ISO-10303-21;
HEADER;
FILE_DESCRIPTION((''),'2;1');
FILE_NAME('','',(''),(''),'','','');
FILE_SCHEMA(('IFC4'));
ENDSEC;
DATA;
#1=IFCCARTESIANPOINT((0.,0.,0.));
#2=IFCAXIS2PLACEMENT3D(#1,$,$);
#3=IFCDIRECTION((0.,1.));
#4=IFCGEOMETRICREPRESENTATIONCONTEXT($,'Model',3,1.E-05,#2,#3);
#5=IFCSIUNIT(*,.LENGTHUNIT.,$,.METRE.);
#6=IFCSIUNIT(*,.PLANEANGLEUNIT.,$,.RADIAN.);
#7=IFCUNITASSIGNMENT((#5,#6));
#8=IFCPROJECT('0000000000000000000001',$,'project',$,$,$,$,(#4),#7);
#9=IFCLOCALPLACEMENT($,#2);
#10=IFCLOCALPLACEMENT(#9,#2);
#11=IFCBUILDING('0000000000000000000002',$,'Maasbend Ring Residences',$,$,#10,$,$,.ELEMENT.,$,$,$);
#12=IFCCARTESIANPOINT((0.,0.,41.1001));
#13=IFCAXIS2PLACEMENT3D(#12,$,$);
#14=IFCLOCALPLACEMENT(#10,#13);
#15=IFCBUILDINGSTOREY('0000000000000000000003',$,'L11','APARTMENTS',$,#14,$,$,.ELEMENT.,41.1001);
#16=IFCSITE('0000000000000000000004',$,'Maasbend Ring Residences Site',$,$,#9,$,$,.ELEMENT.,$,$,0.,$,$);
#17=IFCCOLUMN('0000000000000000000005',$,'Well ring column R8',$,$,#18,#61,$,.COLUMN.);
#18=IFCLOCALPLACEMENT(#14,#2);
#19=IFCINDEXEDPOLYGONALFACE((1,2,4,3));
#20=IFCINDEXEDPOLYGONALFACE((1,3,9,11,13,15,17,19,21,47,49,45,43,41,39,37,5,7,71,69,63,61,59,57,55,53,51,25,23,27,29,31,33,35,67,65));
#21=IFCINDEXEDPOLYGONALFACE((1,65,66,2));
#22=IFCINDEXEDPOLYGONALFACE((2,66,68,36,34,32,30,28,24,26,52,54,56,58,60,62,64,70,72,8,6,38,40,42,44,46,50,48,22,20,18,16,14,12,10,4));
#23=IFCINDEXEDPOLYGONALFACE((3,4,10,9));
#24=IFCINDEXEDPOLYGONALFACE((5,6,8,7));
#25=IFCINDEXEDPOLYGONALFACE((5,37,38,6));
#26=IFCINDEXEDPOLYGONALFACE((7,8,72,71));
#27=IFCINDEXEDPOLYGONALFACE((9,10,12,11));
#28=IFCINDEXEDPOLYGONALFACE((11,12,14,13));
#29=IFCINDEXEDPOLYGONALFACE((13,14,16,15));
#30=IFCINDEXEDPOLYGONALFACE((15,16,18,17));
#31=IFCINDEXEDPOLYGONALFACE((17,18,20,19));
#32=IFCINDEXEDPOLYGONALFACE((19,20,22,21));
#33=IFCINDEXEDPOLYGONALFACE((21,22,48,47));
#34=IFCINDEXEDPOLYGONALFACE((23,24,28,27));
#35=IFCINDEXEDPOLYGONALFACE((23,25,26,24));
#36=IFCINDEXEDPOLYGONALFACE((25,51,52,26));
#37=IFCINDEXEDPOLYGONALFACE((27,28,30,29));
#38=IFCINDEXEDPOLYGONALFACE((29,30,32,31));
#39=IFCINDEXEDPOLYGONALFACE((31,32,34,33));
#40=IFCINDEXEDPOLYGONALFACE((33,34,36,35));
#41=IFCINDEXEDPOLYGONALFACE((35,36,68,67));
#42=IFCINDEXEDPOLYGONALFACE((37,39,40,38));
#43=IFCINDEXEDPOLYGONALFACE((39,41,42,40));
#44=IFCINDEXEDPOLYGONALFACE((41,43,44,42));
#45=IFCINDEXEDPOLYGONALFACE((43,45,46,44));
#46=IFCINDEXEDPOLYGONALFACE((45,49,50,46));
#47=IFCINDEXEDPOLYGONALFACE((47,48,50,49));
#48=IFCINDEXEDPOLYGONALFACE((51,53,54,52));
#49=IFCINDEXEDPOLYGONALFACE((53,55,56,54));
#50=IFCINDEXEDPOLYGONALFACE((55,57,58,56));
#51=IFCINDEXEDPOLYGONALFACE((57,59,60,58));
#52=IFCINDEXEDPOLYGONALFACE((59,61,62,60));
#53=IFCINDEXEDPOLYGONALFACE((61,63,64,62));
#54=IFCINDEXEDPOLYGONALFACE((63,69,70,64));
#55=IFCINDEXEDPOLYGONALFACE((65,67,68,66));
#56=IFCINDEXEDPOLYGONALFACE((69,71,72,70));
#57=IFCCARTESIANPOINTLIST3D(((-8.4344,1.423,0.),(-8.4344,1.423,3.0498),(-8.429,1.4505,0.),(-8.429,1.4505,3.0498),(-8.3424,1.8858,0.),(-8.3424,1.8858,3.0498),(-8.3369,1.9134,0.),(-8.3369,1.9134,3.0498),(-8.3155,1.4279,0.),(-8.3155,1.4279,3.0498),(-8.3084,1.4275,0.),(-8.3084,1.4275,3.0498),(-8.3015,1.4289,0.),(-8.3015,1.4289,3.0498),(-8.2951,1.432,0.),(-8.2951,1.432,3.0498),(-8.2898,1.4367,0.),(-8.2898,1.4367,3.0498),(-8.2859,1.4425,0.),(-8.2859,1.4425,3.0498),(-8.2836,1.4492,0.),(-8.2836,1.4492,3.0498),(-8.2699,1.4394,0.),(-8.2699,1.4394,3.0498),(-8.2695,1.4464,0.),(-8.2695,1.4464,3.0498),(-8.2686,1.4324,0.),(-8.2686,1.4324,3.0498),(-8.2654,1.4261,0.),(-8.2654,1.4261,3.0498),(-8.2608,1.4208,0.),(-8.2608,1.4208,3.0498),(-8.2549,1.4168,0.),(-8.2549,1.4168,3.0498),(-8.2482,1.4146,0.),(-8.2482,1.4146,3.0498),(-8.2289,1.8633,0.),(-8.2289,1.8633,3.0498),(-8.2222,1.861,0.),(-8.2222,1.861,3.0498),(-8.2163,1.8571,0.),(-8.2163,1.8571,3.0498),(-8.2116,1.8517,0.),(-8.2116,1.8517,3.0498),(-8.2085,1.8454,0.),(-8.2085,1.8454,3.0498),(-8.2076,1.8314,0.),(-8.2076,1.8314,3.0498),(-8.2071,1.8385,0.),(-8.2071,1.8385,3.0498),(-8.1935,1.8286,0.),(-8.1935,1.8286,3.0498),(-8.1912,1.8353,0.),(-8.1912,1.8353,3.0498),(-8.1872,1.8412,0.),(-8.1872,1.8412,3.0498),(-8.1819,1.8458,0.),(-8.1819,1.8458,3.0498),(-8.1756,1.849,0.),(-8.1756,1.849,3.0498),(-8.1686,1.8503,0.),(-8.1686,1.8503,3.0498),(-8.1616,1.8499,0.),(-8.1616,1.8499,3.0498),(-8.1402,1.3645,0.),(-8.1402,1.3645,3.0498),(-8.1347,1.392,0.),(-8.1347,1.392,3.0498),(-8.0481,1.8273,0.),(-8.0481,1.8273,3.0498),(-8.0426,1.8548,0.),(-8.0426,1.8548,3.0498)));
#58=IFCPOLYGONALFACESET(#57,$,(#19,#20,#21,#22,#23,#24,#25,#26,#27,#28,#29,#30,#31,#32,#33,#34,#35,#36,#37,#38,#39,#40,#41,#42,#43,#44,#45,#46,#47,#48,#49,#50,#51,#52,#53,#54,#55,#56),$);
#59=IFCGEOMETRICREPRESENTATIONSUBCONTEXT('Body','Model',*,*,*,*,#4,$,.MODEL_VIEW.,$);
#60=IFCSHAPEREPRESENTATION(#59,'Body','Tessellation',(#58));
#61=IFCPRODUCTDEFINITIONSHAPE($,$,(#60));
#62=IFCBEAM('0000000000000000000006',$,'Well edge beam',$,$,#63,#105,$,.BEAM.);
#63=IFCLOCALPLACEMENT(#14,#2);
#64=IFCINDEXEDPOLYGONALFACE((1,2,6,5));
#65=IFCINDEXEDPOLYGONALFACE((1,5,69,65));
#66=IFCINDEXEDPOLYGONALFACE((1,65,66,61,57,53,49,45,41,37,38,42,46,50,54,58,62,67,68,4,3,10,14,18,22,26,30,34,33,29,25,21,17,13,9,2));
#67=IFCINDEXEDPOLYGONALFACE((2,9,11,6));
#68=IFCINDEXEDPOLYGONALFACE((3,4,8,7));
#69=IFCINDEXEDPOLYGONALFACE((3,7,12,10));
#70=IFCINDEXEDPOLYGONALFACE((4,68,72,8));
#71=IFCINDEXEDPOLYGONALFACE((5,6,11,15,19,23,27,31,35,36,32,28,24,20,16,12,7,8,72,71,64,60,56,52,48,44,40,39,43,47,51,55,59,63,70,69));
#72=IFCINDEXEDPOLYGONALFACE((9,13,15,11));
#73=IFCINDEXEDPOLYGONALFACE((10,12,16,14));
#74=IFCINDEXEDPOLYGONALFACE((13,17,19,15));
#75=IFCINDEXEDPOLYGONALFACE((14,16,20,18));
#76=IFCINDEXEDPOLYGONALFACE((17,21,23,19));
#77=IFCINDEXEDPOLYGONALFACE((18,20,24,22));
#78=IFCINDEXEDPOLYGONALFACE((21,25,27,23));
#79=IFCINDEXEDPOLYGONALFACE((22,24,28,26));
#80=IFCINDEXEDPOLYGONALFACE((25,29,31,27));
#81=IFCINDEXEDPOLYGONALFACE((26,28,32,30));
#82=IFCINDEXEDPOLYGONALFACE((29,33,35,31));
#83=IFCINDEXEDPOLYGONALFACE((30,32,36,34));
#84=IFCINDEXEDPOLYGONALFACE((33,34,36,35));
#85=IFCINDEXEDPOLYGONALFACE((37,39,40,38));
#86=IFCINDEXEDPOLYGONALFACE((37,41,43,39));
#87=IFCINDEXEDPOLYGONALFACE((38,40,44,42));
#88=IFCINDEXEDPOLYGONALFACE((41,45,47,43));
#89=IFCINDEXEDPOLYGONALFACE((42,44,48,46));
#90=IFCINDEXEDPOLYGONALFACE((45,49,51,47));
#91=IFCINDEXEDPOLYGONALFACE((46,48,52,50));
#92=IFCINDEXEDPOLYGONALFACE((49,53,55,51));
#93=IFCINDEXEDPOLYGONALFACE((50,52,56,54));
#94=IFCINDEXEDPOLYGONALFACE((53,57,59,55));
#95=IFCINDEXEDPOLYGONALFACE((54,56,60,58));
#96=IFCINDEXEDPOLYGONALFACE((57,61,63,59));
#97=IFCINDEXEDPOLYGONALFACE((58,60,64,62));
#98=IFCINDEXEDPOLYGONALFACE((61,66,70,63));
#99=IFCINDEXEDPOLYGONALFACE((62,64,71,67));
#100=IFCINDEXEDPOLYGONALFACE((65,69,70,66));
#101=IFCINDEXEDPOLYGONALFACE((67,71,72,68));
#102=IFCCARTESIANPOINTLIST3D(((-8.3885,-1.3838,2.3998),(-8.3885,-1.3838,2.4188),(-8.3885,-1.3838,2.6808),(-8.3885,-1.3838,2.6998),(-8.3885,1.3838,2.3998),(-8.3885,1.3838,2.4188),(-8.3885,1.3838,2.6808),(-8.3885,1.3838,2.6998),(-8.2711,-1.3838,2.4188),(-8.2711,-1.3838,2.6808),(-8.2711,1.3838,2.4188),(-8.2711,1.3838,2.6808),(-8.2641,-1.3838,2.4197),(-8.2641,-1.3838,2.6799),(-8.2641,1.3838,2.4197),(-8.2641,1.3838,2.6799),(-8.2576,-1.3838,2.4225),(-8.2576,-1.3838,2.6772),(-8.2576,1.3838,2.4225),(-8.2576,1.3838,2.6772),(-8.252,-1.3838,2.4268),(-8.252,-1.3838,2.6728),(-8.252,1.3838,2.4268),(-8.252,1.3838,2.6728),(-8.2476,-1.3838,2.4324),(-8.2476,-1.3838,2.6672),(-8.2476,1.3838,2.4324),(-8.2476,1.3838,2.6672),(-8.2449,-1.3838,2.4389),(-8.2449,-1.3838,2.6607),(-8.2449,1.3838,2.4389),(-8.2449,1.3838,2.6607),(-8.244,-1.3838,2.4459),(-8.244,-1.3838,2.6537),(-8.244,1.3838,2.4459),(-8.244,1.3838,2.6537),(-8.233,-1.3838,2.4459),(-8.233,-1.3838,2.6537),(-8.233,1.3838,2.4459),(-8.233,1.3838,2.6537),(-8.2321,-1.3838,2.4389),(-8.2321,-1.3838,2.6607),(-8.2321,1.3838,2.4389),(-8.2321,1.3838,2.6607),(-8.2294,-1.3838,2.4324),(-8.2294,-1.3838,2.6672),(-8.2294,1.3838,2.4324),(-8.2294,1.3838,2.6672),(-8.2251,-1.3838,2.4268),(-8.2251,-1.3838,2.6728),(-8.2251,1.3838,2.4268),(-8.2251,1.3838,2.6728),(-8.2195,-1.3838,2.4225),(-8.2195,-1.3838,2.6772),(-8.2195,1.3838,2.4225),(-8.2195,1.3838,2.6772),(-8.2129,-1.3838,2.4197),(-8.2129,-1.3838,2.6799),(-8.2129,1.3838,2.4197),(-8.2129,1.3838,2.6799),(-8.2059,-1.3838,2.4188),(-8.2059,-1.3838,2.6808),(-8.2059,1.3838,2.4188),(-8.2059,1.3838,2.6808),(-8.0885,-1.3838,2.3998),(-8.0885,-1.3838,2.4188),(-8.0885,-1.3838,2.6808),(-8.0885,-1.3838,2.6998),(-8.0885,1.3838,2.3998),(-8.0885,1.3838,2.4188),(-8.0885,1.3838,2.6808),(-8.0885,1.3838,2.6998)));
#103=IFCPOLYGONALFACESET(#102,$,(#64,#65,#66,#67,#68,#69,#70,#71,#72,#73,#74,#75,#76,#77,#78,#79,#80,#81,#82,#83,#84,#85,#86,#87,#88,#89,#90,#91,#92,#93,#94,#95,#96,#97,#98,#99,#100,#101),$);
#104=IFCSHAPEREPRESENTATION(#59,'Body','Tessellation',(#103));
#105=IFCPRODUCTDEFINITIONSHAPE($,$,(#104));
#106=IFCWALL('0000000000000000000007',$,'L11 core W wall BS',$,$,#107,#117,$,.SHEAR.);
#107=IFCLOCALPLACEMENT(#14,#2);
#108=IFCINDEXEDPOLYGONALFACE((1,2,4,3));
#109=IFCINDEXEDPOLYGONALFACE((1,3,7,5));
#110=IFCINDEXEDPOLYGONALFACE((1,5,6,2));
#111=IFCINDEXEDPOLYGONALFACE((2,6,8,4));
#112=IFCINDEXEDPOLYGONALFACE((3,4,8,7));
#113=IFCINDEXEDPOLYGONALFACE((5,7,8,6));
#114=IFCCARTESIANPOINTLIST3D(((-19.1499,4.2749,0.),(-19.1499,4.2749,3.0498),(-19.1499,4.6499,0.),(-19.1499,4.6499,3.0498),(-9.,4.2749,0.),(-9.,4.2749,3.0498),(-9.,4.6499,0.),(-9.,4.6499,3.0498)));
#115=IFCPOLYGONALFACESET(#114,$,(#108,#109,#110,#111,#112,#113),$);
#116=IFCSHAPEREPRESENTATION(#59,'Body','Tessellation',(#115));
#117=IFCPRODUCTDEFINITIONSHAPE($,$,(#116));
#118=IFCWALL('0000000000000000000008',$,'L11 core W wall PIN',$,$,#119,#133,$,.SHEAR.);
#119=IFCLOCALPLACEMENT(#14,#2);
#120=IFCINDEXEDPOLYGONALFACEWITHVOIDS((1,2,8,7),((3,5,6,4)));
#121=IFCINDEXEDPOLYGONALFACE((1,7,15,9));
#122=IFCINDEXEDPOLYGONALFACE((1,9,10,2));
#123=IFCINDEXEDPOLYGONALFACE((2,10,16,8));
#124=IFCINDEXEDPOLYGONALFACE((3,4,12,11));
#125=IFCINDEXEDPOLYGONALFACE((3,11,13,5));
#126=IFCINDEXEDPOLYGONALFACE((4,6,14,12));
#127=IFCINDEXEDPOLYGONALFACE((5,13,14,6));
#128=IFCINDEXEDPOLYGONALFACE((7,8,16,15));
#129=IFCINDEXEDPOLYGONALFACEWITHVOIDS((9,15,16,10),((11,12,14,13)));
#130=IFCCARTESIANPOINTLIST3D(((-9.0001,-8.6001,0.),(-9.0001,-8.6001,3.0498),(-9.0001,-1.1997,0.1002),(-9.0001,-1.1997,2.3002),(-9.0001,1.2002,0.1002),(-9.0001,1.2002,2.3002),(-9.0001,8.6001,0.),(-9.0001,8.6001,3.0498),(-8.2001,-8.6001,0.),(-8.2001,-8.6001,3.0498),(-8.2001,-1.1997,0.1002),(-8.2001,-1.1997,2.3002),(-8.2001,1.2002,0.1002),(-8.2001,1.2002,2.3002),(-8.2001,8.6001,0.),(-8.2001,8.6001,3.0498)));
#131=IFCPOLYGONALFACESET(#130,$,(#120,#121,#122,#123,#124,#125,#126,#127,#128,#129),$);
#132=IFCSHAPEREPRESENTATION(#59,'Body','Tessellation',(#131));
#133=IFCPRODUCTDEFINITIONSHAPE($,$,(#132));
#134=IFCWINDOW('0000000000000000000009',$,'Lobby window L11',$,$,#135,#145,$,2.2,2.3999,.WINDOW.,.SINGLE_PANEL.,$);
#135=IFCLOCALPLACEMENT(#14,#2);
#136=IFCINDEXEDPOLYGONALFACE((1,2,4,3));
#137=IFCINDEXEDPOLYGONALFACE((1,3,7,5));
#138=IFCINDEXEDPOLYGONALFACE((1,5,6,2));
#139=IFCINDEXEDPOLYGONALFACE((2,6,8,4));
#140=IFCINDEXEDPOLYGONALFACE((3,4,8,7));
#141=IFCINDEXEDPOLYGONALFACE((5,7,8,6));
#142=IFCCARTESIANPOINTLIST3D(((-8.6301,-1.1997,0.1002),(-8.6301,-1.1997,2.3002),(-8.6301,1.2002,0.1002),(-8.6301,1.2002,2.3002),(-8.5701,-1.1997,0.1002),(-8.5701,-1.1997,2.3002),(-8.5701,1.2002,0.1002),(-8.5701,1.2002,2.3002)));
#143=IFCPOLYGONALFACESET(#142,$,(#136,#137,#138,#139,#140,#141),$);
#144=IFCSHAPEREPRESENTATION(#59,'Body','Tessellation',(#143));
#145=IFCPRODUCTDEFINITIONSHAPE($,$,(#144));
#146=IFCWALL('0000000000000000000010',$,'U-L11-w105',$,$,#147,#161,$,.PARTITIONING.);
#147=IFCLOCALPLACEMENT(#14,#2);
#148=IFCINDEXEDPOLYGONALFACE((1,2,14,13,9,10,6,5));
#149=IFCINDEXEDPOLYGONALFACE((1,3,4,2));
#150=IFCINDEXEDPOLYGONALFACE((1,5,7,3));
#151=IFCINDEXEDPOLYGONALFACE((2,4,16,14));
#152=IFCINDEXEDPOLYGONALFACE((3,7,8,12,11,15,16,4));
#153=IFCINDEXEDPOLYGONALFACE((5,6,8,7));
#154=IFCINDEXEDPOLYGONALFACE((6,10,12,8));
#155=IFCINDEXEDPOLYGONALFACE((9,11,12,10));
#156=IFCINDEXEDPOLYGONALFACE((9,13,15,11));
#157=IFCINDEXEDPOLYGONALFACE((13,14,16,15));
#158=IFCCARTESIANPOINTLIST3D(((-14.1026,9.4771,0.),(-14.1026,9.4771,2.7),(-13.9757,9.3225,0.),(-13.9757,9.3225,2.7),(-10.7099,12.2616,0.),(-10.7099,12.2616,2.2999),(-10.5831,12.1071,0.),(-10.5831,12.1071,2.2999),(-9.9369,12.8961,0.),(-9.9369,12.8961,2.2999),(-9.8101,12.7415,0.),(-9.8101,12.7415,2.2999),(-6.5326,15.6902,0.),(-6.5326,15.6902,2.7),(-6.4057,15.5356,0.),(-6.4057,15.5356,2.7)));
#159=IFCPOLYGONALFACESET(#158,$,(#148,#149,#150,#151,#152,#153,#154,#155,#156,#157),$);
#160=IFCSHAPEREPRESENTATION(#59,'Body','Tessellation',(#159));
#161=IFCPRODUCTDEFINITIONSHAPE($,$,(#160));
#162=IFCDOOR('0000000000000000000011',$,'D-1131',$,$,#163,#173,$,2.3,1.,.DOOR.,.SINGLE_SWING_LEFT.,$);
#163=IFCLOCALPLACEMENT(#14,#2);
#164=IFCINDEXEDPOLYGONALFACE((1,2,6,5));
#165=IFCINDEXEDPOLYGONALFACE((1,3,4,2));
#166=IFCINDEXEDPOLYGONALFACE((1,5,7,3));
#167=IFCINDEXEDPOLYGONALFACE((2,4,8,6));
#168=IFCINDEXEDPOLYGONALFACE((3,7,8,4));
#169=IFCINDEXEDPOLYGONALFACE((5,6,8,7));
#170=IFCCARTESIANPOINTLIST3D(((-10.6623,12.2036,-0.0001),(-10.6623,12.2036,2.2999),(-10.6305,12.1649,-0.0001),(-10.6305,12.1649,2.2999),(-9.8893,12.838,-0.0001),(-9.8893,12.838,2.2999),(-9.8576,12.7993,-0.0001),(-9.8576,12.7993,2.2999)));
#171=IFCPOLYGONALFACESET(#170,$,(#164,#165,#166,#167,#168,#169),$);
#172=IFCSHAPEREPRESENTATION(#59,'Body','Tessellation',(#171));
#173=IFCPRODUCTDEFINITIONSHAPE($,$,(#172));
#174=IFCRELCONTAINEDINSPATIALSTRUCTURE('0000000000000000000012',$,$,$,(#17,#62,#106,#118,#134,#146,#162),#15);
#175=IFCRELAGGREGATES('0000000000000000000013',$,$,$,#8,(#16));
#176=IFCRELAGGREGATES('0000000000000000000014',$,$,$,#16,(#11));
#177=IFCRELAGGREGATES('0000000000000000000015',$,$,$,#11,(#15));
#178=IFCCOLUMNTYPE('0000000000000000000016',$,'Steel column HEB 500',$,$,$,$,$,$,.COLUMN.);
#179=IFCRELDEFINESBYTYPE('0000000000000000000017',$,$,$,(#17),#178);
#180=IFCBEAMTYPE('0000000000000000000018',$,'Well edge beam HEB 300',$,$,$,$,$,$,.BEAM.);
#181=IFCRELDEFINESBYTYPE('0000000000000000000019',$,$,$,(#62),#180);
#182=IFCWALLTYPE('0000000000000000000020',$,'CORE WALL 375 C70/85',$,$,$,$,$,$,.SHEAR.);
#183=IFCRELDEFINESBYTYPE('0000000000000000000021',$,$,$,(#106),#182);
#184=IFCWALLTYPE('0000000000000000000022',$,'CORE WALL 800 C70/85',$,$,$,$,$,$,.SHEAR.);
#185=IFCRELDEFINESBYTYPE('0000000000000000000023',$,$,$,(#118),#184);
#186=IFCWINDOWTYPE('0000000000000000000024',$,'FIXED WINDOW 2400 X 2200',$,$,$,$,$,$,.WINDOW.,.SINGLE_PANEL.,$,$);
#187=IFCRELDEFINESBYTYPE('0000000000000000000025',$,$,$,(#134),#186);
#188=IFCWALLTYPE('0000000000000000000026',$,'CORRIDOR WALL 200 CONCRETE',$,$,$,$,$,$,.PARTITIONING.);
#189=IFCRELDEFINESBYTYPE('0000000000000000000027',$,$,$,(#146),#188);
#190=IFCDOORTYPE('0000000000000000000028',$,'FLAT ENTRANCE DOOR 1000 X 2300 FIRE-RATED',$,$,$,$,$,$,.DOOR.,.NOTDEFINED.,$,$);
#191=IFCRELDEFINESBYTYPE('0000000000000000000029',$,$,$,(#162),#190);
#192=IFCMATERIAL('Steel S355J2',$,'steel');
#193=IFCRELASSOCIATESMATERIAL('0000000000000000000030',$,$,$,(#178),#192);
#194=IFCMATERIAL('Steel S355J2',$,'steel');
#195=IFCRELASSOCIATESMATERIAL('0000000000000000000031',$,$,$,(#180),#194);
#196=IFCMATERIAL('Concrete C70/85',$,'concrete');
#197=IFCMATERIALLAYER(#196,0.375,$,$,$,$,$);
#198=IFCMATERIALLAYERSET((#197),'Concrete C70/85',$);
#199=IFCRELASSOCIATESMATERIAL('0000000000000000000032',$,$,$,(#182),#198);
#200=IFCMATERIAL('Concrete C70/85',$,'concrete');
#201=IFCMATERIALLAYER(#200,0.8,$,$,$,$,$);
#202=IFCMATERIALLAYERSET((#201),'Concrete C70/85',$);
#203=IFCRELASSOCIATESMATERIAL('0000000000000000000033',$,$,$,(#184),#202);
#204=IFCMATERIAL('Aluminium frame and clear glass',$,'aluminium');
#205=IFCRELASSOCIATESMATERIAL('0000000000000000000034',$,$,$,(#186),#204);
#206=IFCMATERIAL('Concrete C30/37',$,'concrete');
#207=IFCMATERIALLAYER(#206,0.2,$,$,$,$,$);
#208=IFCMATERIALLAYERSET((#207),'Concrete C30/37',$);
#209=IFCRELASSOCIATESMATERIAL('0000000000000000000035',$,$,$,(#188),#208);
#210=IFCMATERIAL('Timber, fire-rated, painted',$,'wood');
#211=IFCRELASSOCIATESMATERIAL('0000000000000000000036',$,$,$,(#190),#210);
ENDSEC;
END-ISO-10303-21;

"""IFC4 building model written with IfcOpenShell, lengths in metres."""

from ifc_helpers import new_model, si_unit, direction, frame, frame_2d, origin, origin_2d, place, context, subcontext, project, spatial, rectangle, i_section, extrude, material, layer, layer_set, material_profile, profile_set, type_object, element, fill, save


model = new_model("IFC4")

# Units and contexts
model_context = context("Model", 3, precision=1e-05, world=origin(), true_north=direction((0.0, 1.0)))
body_context = subcontext(model_context, "Body", "Model", "MODEL_VIEW")
ifc_project = project(units=[si_unit("LENGTHUNIT", "METRE"), si_unit("PLANEANGLEUNIT", "RADIAN")], contexts=[model_context])

# Site, building, storey
site_placement = place(None, origin())
site = spatial("IfcSite", under=ifc_project, at=site_placement, Name="Maasbend Ring Residences Site", CompositionType="ELEMENT", RefElevation=0.0)
building_placement = place(site_placement, origin())
building = spatial("IfcBuilding", under=site, at=building_placement, Name="Maasbend Ring Residences", CompositionType="ELEMENT")
storey_placement = place(building_placement, frame((0.0, 0.0, 41.1001)))
storey = spatial("IfcBuildingStorey", under=building, at=storey_placement, Name="L11", Description="APARTMENTS", CompositionType="ELEMENT", Elevation=41.1001)

# Column
ifc_material_1 = material(Name="Steel S355J2", Category="steel")
ifc_material_profile_1 = material_profile(ifc_material_1, i_section(OverallWidth=0.3, OverallDepth=0.5, WebThickness=0.0144, FlangeThickness=0.0281, FilletRadius=0.0271, at=origin_2d()), Name="HEB 500")
ifc_profile_set_1 = profile_set([ifc_material_profile_1], Name="Steel S355J2")
column_type = type_object("IfcColumnType", Name="Steel column HEB 500", PredefinedType="COLUMN", material=ifc_profile_set_1)
column_placement = place(storey_placement, frame((-8.2385, 1.6389, 0.0), z_axis=(0.0, 0.0, 1.0), x_axis=(-0.980785, 0.19509, 0.0)))
element("IfcColumn", 1, at=column_placement, inside=storey, type_object=column_type, Name="Well ring column R8", PredefinedType="COLUMN", context=body_context, shape_type="SweptSolid", body=[
    extrude(i_section(OverallWidth=0.3, OverallDepth=0.5, WebThickness=0.0144, FlangeThickness=0.0281, FilletRadius=0.0271, at=origin_2d()), origin(), (0.0, 0.0, 1.0), 3.0498),
])

# Beam
ifc_material_2 = material(Name="Steel S355J2", Category="steel")
ifc_material_profile_2 = material_profile(ifc_material_2, i_section(OverallWidth=0.3, OverallDepth=0.3, WebThickness=0.011, FlangeThickness=0.019, FilletRadius=0.0271, at=origin_2d()), Name="HEB 300")
ifc_profile_set_2 = profile_set([ifc_material_profile_2], Name="Steel S355J2")
beam_type = type_object("IfcBeamType", Name="Well edge beam HEB 300", PredefinedType="BEAM", material=ifc_profile_set_2)
beam_placement = place(storey_placement, frame((-8.2385, 1.3838, 2.5498), z_axis=(0.0, -1.0, 0.0), x_axis=(1.0, 0.0, 0.0)))
element("IfcBeam", 2, at=beam_placement, inside=storey, type_object=beam_type, Name="Well edge beam", PredefinedType="BEAM", context=body_context, shape_type="SweptSolid", body=[
    extrude(i_section(OverallWidth=0.3, OverallDepth=0.3, WebThickness=0.011, FlangeThickness=0.019, FilletRadius=0.0271, at=origin_2d()), origin(), (0.0, 0.0, 1.0), 2.7676),
])

# Wall
ifc_material_3 = material(Name="Concrete C70/85", Category="concrete")
ifc_layer_1 = layer(ifc_material_3, 0.375)
ifc_layer_set_1 = layer_set([ifc_layer_1], Name="Concrete C70/85")
wall_type_1 = type_object("IfcWallType", Name="CORE WALL 375 C70/85", PredefinedType="SHEAR", material=ifc_layer_set_1)
wall_1_placement = place(storey_placement, frame((-9.0, 4.4624, 0.0), z_axis=(0.0, 0.0, 1.0), x_axis=(-1.0, 0.0, 0.0)))
element("IfcWall", 3, at=wall_1_placement, inside=storey, type_object=wall_type_1, Name="L11 core W wall BS", PredefinedType="SHEAR", context=body_context, shape_type="SweptSolid", body=[
    extrude(rectangle(XDim=10.1499, YDim=0.375, at=frame_2d((5.075, 0.0))), origin(), (0.0, 0.0, 1.0), 3.0498),
])

# Wall, opening, window
ifc_material_4 = material(Name="Concrete C70/85", Category="concrete")
ifc_layer_2 = layer(ifc_material_4, 0.8)
ifc_layer_set_2 = layer_set([ifc_layer_2], Name="Concrete C70/85")
wall_type_2 = type_object("IfcWallType", Name="CORE WALL 800 C70/85", PredefinedType="SHEAR", material=ifc_layer_set_2)
wall_2_placement = place(storey_placement, frame((-8.6001, 8.6001, 0.0), z_axis=(0.0, 0.0, 1.0), x_axis=(0.0, -1.0, 0.0)))
wall_2 = element("IfcWall", 4, at=wall_2_placement, inside=storey, type_object=wall_type_2, Name="L11 core W wall PIN", PredefinedType="SHEAR", context=body_context, shape_type="SweptSolid", body=[
    extrude(rectangle(XDim=17.2002, YDim=0.8, at=frame_2d((8.6001, 0.0))), origin(), (0.0, 0.0, 1.0), 3.0498),
])
opening_1_placement = place(wall_2_placement, frame((7.3999, 0.0, 0.1001)))
opening_1 = element("IfcOpeningElement", 5, at=opening_1_placement, cuts=wall_2, PredefinedType="OPENING", context=body_context, shape_type="SweptSolid", body=[
    extrude(rectangle(XDim=2.3999, YDim=2.2, at=frame_2d((1.2, 1.1001))), frame((0.0, 0.4102, 0.0), z_axis=(0.0, -1.0, 0.0), x_axis=(1.0, 0.0, 0.0)), (0.0, 0.0, 1.0), 0.8201),
])
ifc_material_5 = material(Name="Aluminium frame and clear glass", Category="aluminium")
window_type = type_object("IfcWindowType", Name="FIXED WINDOW 2400 X 2200", PartitioningType="SINGLE_PANEL", PredefinedType="WINDOW", material=ifc_material_5)
window_placement = place(opening_1_placement, origin())
window = element("IfcWindow", 6, at=window_placement, inside=storey, type_object=window_type, Name="Lobby window L11", OverallHeight=2.2, OverallWidth=2.3999, PartitioningType="SINGLE_PANEL", PredefinedType="WINDOW", context=body_context, shape_type="SweptSolid", body=[
    extrude(rectangle(XDim=2.3999, YDim=2.2, at=frame_2d((1.2, 1.1001))), frame((0.0, 0.03, 0.0), z_axis=(0.0, -1.0, 0.0), x_axis=(1.0, 0.0, 0.0)), (0.0, 0.0, 1.0), 0.0601),
])
fill(opening_1, window)

# Wall, opening, door
ifc_material_6 = material(Name="Concrete C30/37", Category="concrete")
ifc_layer_3 = layer(ifc_material_6, 0.2)
ifc_layer_set_3 = layer_set([ifc_layer_3], Name="Concrete C30/37")
wall_type_3 = type_object("IfcWallType", Name="CORRIDOR WALL 200 CONCRETE", PredefinedType="PARTITIONING", material=ifc_layer_set_3)
wall_3_placement = place(storey_placement, frame((-14.0391, 9.3999, 0.0), z_axis=(0.0, 0.0, 1.0), x_axis=(0.772983, 0.634426, 0.0)))
wall_3 = element("IfcWall", 7, at=wall_3_placement, inside=storey, type_object=wall_type_3, Name="U-L11-w105", PredefinedType="PARTITIONING", context=body_context, shape_type="SweptSolid", body=[
    extrude(rectangle(XDim=9.7932, YDim=0.2, at=frame_2d((4.8965, 0.0))), origin(), (0.0, 0.0, 1.0), 2.7),
])
opening_2_placement = place(wall_3_placement, frame((4.3889, 0.0, 0.0)))
opening_2 = element("IfcOpeningElement", 8, at=opening_2_placement, cuts=wall_3, PredefinedType="OPENING", context=body_context, shape_type="SweptSolid", body=[
    extrude(rectangle(XDim=1.0, YDim=2.3, at=frame_2d((0.5, 1.1499))), frame((0.0, 0.1099, 0.0), z_axis=(0.0, -1.0, 0.0), x_axis=(1.0, 0.0, 0.0)), (0.0, 0.0, 1.0), 0.22),
])
ifc_material_7 = material(Name="Timber, fire-rated, painted", Category="wood")
door_type_1 = type_object("IfcDoorType", Name="FLAT ENTRANCE DOOR 1000 X 2300 FIRE-RATED", OperationType="NOTDEFINED", PredefinedType="DOOR", material=ifc_material_7)
door_1_placement = place(opening_2_placement, origin())
door_1 = element("IfcDoor", 9, at=door_1_placement, inside=storey, type_object=door_type_1, Name="D-1131", OperationType="SINGLE_SWING_LEFT", OverallHeight=2.3, OverallWidth=1.0, PredefinedType="DOOR", context=body_context, shape_type="SweptSolid", body=[
    extrude(rectangle(XDim=1.0, YDim=2.3, at=frame_2d((0.5, 1.1499))), frame((0.0, 0.0249, 0.0), z_axis=(0.0, -1.0, 0.0), x_axis=(1.0, 0.0, 0.0)), (0.0, 0.0, 1.0), 0.05),
])
fill(opening_2, door_1)

save(model, "model.ifc")
